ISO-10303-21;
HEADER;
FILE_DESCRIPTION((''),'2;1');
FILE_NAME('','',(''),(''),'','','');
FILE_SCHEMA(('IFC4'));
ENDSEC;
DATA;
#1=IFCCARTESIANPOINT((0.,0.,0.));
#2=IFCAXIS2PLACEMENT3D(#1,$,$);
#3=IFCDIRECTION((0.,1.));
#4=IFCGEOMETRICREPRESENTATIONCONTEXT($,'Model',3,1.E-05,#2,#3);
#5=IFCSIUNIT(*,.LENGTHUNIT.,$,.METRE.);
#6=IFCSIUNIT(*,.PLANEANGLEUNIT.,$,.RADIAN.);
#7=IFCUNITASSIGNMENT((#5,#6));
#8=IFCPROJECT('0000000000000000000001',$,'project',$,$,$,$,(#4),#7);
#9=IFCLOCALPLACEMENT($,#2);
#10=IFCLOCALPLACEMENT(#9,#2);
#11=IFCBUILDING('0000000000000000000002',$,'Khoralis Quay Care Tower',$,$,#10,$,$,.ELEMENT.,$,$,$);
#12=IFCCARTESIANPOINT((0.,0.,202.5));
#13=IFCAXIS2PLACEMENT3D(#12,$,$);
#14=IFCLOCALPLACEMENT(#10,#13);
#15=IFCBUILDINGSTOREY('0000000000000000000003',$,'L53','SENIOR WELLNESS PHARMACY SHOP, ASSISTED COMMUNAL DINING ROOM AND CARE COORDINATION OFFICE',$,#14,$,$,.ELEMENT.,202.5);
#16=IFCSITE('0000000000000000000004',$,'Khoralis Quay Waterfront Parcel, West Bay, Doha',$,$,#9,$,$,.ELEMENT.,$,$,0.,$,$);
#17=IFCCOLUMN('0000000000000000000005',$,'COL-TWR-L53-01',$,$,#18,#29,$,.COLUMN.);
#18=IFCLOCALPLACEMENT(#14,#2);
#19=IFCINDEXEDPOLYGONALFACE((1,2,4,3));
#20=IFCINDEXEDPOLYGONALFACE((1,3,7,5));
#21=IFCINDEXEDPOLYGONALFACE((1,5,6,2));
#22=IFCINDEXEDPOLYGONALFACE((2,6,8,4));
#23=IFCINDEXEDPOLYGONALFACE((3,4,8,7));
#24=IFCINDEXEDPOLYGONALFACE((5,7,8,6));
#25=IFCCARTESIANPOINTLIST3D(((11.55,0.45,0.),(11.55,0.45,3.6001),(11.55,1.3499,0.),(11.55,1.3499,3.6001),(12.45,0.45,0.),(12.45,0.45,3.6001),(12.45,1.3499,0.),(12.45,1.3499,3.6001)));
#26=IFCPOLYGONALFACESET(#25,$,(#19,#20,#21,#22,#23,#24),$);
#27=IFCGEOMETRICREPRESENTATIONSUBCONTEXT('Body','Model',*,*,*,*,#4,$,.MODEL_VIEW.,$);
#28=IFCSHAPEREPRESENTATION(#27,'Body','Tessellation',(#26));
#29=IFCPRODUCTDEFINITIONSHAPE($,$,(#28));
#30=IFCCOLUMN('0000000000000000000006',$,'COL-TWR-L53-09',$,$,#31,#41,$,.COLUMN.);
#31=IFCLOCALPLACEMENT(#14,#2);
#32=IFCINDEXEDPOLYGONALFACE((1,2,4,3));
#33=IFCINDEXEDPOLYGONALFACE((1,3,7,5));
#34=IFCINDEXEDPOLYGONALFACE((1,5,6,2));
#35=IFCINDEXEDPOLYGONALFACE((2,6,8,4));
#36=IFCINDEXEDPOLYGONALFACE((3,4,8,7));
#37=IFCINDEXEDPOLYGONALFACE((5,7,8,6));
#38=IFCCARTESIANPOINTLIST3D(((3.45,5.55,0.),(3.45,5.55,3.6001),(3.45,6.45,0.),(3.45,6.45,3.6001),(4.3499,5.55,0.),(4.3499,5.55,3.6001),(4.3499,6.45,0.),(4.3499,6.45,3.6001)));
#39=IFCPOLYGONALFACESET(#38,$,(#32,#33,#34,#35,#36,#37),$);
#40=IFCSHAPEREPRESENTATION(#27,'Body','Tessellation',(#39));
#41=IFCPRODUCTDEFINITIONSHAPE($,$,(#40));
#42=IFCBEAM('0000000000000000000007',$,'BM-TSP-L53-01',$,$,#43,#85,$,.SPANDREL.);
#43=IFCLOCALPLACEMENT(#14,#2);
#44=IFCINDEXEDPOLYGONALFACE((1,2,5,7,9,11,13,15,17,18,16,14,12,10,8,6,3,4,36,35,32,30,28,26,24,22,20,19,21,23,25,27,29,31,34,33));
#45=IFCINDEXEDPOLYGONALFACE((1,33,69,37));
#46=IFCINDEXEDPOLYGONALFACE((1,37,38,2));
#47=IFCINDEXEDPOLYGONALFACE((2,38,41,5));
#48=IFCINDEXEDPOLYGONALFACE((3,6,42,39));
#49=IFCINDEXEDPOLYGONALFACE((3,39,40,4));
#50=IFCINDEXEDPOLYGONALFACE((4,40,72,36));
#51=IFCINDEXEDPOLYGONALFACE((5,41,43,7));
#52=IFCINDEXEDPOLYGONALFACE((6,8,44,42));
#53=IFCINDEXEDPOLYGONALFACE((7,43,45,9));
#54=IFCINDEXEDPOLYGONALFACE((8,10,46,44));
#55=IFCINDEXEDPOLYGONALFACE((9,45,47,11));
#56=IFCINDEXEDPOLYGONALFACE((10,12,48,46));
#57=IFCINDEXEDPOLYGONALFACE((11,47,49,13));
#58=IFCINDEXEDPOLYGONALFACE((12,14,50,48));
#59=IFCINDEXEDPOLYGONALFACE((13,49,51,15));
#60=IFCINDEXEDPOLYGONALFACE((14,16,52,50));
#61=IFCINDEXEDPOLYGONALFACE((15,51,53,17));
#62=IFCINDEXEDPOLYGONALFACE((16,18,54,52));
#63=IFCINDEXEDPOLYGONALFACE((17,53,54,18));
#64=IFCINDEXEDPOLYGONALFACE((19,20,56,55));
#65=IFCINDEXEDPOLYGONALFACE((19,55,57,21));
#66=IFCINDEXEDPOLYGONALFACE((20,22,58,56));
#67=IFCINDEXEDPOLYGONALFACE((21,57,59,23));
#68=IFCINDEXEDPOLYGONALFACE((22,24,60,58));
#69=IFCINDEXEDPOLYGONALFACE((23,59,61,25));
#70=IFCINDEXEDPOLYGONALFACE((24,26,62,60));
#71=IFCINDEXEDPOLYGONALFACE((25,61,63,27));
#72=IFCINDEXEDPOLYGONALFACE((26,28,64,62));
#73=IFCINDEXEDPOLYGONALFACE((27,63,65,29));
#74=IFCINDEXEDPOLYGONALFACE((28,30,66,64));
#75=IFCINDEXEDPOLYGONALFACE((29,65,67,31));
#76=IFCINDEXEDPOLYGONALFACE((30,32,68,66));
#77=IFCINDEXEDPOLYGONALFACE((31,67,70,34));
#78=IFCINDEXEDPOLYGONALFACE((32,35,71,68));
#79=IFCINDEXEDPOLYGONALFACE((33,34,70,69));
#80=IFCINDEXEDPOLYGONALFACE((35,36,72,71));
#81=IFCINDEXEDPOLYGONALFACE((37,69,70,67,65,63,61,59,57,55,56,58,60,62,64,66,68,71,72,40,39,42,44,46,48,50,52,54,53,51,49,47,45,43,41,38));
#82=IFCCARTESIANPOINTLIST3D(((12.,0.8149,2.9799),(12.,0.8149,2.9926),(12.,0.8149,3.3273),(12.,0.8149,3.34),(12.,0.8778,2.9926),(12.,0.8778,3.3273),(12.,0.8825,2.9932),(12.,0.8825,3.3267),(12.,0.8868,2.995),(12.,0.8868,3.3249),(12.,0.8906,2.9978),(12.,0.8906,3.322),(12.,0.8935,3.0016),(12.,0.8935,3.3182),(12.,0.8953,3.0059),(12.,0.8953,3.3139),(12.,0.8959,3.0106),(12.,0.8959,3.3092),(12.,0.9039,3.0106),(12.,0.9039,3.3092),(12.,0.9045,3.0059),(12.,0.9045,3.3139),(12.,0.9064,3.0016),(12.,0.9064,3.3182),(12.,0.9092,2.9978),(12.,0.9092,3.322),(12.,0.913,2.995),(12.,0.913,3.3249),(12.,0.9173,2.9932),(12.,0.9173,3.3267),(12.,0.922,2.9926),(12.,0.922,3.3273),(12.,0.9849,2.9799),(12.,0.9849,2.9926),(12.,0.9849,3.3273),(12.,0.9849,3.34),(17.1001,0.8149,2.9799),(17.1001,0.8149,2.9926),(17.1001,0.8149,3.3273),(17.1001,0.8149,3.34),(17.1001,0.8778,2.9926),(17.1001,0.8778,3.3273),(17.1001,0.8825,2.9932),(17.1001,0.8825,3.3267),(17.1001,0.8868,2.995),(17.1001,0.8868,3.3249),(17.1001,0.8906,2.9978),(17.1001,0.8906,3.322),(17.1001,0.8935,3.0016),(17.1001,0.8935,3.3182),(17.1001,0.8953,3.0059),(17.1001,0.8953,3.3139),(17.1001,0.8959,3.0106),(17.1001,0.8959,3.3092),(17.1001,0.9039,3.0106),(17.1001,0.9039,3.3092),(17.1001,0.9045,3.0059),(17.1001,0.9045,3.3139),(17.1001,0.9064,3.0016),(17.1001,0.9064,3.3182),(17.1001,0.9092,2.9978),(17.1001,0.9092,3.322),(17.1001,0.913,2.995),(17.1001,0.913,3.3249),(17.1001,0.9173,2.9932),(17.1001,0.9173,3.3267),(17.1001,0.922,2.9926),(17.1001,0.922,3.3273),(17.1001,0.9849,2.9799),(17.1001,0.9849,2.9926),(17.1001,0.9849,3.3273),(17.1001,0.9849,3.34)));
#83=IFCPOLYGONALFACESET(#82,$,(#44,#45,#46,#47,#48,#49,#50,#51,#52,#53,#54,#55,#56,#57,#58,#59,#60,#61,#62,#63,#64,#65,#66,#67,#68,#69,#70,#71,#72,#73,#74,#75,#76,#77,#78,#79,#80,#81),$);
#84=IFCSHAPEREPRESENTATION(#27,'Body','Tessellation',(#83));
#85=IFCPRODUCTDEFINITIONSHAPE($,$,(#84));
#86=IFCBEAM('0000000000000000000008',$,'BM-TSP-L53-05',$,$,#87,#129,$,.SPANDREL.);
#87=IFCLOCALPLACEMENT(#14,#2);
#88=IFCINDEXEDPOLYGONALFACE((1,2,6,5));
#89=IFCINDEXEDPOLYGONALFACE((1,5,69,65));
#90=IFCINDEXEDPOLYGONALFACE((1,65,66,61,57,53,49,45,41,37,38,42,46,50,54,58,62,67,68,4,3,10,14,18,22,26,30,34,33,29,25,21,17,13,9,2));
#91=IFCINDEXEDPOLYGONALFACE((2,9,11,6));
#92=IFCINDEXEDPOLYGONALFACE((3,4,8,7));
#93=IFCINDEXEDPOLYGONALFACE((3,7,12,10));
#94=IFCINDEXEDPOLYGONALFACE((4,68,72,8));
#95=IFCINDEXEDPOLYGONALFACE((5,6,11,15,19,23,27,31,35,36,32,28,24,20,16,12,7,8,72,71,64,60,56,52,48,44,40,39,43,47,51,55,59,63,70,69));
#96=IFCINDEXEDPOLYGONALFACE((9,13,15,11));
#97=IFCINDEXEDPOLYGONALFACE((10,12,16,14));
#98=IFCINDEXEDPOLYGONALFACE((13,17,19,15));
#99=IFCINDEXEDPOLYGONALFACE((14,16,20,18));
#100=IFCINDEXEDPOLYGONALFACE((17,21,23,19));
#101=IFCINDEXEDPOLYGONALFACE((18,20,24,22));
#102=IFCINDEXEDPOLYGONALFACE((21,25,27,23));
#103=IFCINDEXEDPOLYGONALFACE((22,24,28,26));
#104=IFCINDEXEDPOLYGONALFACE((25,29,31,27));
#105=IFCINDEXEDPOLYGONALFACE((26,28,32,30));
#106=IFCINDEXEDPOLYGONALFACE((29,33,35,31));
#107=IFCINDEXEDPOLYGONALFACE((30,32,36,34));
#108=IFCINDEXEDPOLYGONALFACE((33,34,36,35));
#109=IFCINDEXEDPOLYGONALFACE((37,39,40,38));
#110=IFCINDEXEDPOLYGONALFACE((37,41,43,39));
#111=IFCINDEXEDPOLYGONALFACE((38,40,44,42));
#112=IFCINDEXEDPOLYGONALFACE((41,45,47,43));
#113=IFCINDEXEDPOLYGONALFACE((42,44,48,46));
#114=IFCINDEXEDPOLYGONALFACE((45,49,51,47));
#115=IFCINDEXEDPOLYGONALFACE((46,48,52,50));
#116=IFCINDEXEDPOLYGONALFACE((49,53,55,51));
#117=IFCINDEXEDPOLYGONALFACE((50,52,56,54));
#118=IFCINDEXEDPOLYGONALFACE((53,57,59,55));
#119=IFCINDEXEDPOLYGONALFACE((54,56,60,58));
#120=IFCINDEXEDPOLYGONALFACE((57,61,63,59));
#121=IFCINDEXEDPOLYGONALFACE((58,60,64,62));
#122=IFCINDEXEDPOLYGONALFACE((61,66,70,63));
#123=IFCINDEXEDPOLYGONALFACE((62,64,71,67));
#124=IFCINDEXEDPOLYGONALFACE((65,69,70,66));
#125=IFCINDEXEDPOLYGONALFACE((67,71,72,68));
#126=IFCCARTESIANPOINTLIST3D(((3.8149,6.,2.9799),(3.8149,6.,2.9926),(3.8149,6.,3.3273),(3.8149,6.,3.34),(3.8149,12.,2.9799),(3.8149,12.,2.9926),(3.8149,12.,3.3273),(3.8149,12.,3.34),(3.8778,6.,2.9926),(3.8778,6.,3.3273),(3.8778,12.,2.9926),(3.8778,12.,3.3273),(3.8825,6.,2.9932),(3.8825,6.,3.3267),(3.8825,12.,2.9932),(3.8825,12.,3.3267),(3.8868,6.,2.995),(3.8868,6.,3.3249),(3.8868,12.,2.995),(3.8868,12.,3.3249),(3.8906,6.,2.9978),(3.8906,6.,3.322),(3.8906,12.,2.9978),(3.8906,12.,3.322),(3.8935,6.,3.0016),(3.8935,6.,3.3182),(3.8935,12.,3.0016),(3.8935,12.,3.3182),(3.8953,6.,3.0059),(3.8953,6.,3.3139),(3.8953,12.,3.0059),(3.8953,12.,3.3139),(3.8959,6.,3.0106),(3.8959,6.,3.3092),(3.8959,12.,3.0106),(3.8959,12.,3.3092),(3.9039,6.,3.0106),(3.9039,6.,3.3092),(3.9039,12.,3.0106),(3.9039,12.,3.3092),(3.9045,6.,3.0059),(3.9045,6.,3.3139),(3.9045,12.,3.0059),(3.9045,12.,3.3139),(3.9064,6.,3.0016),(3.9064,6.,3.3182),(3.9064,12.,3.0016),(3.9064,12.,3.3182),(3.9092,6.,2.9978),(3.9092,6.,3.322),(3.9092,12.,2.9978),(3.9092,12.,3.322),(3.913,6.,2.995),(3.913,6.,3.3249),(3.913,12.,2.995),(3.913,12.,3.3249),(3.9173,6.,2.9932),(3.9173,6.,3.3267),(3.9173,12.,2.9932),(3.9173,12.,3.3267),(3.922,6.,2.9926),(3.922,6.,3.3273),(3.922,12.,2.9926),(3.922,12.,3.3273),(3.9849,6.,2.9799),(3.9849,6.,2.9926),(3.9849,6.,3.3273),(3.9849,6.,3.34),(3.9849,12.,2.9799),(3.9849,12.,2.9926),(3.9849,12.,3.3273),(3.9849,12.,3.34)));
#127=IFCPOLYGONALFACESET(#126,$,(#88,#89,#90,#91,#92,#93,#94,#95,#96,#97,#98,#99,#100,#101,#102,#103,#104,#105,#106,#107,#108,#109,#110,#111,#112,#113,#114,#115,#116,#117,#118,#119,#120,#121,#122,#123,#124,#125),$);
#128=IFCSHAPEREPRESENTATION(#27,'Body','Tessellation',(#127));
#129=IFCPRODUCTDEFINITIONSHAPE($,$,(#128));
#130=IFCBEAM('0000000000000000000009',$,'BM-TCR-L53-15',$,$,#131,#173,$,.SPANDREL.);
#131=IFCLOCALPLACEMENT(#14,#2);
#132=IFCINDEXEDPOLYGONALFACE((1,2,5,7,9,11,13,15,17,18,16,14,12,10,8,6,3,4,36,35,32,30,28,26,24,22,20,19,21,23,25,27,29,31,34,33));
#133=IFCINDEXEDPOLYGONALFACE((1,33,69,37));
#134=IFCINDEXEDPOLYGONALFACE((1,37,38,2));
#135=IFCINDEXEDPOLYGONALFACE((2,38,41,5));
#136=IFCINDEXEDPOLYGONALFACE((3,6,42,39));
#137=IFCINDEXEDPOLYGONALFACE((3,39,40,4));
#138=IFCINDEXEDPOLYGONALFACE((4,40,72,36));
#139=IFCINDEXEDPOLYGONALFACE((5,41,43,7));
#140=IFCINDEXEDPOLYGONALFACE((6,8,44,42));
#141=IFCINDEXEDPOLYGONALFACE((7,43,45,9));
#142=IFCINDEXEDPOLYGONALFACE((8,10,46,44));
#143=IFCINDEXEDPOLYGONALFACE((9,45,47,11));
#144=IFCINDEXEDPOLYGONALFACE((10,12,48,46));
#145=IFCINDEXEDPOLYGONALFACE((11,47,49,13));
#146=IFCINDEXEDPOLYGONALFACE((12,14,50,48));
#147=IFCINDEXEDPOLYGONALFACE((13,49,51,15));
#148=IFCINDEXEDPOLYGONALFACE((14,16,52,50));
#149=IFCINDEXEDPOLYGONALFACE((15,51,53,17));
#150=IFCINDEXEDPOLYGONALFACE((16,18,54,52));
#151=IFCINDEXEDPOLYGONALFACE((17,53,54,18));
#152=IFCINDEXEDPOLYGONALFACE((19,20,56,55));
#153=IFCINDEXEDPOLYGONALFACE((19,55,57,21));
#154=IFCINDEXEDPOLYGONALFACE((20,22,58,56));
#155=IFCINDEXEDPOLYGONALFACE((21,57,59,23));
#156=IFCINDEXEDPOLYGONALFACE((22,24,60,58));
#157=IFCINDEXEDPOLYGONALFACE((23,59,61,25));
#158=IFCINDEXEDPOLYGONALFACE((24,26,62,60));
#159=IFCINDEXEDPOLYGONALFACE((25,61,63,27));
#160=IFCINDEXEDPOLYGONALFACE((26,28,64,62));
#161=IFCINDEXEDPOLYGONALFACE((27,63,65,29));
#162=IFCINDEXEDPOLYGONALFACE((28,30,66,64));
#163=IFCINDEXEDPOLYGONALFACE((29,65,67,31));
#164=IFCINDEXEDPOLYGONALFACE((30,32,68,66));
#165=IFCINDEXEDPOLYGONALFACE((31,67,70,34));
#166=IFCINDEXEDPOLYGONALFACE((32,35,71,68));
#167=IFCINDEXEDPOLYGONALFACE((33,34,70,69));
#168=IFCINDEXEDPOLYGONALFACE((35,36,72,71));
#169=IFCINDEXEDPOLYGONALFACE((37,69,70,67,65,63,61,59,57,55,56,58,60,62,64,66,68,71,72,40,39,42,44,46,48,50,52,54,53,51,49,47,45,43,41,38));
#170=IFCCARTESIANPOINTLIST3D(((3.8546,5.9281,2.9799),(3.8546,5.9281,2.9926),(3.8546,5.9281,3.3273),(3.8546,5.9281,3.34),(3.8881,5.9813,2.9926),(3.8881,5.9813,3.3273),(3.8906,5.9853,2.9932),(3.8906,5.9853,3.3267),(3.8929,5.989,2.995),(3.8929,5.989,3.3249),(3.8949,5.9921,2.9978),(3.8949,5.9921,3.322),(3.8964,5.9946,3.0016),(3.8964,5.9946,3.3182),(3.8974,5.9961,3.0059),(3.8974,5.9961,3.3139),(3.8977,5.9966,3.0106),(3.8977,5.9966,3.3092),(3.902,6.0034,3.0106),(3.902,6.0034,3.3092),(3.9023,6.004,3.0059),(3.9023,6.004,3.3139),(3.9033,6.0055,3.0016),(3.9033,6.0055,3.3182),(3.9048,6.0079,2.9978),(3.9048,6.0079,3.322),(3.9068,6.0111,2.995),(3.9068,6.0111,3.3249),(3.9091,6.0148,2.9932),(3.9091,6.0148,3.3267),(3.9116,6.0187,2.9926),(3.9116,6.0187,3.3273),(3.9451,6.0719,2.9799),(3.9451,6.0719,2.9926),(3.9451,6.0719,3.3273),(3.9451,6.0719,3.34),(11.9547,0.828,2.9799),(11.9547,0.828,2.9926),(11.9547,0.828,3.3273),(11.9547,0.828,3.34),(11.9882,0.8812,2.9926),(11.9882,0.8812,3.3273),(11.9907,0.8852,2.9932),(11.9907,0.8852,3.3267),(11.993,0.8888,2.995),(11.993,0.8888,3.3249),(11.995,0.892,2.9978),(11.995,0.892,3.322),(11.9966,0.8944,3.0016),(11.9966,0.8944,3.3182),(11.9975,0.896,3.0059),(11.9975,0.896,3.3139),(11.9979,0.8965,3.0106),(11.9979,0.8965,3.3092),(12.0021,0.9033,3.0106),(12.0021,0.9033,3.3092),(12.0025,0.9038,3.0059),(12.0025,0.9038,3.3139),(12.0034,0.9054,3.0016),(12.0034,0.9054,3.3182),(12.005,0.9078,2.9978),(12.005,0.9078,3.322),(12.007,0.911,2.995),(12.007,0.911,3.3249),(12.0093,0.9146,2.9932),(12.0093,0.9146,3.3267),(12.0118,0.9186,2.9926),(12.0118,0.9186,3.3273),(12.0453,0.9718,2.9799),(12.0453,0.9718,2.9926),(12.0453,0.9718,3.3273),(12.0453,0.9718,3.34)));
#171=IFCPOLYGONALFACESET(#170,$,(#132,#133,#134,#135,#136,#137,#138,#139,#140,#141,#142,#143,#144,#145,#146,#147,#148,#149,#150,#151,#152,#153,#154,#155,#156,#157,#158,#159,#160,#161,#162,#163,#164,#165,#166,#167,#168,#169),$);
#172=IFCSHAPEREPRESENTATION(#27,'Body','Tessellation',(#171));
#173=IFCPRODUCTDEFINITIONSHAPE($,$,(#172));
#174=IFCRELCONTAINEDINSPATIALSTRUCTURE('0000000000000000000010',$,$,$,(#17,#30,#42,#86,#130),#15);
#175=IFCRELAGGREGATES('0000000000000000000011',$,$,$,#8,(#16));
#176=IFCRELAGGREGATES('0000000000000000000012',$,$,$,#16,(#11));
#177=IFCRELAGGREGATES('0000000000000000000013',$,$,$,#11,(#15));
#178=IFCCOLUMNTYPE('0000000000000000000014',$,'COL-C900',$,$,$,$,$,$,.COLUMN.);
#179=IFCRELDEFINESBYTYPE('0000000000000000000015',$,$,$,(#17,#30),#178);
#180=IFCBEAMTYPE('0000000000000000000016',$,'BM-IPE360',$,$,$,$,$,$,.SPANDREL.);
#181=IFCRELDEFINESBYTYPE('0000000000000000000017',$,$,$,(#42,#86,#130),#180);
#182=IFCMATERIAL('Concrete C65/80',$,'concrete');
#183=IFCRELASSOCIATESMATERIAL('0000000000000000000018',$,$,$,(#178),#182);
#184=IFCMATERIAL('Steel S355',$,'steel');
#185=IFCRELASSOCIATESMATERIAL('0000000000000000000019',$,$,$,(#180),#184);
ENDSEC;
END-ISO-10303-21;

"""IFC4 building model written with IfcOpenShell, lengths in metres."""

from ifc_helpers import new_model, si_unit, direction, frame, origin, origin_2d, place, context, subcontext, project, spatial, rectangle, i_section, extrude, source, transform, mapped, material, material_profile, profile_set, type_object, element, save


model = new_model("IFC4")

# Units and contexts
model_context = context("Model", 3, precision=1e-05, world=origin(), true_north=direction((0.0, 1.0)))
body_context = subcontext(model_context, "Body", "Model", "MODEL_VIEW")
ifc_project = project(units=[si_unit("LENGTHUNIT", "METRE"), si_unit("PLANEANGLEUNIT", "RADIAN")], contexts=[model_context])

# Site, building, storey
site_placement = place(None, origin())
site = spatial("IfcSite", under=ifc_project, at=site_placement, Name="Khoralis Quay Waterfront Parcel, West Bay, Doha", CompositionType="ELEMENT", RefElevation=0.0)
building_placement = place(site_placement, origin())
building = spatial("IfcBuilding", under=site, at=building_placement, Name="Khoralis Quay Care Tower", CompositionType="ELEMENT")
storey_placement = place(building_placement, frame((0.0, 0.0, 202.5)))
storey = spatial("IfcBuildingStorey", under=building, at=storey_placement, Name="L53", Description="SENIOR WELLNESS PHARMACY SHOP, ASSISTED COMMUNAL DINING ROOM AND CARE COORDINATION OFFICE", CompositionType="ELEMENT", Elevation=202.5)

# Columns
ifc_material_1 = material(Name="Concrete C65/80", Category="concrete")
ifc_material_profile_1 = material_profile(ifc_material_1, rectangle(XDim=0.8999, YDim=0.8999, at=origin_2d()), Name="Concrete C65/80")
ifc_profile_set_1 = profile_set([ifc_material_profile_1], Name="Concrete C65/80")
column_type = type_object("IfcColumnType", Name="COL-C900", PredefinedType="COLUMN", material=ifc_profile_set_1)
shared_shape_1 = source(origin(), body_context, "Body", "SweptSolid", [
    extrude(rectangle(XDim=0.8999, YDim=0.8999, at=origin_2d()), origin(), (0.0, 0.0, 1.0), 3.6001),
])
for number, where, z_axis, x_axis, name in (
    (1, (12.0, 0.8999, 0.0), (0.0, 0.0, 1.0), (1.0, 0.0, 0.0), "COL-TWR-L53-01"),
    (2, (3.8999, 6.0, 0.0), (0.0, 0.0, 1.0), (1.0, 0.0, 0.0), "COL-TWR-L53-09"),
):
    element("IfcColumn", number, at=place(storey_placement, frame(where, z_axis=z_axis, x_axis=x_axis)), inside=storey, type_object=column_type, Name=name, PredefinedType="COLUMN", context=body_context, shape_type="MappedRepresentation", body=[
        mapped(shared_shape_1, transform((0.0, 0.0, 0.0), scale=1.0)),
    ])

# Beams
ifc_material_2 = material(Name="Steel S355", Category="steel")
ifc_material_profile_2 = material_profile(ifc_material_2, i_section(OverallWidth=0.1699, OverallDepth=0.3601, WebThickness=0.0081, FlangeThickness=0.0127, FilletRadius=0.0181, at=origin_2d()), Name="Steel S355")
ifc_profile_set_2 = profile_set([ifc_material_profile_2], Name="Steel S355")
beam_type_1 = type_object("IfcBeamType", Name="BM-IPE360", PredefinedType="SPANDREL", material=ifc_profile_set_2)
shared_shape_2 = source(origin(), body_context, "Body", "SweptSolid", [
    extrude(i_section(OverallWidth=0.1699, OverallDepth=0.3601, WebThickness=0.0081, FlangeThickness=0.0127, FilletRadius=0.0181, at=origin_2d()), origin(), (0.0, 0.0, 1.0), 5.1001),
])
beam_1_placement = place(storey_placement, frame((12.0, 0.8999, 3.1599), z_axis=(1.0, 0.0, 0.0), x_axis=(0.0, 1.0, 0.0)))
element("IfcBeam", 3, at=beam_1_placement, inside=storey, type_object=beam_type_1, Name="BM-TSP-L53-01", PredefinedType="SPANDREL", context=body_context, shape_type="MappedRepresentation", body=[
    mapped(shared_shape_2, transform((0.0, 0.0, 0.0), scale=1.0)),
])
shared_shape_3 = source(origin(), body_context, "Body", "SweptSolid", [
    extrude(i_section(OverallWidth=0.1699, OverallDepth=0.3601, WebThickness=0.0081, FlangeThickness=0.0127, FilletRadius=0.0181, at=origin_2d()), origin(), (0.0, 0.0, 1.0), 6.0),
])
beam_2_placement = place(storey_placement, frame((3.8999, 6.0, 3.1599), z_axis=(0.0, 1.0, 0.0), x_axis=(-1.0, 0.0, 0.0)))
element("IfcBeam", 4, at=beam_2_placement, inside=storey, type_object=beam_type_1, Name="BM-TSP-L53-05", PredefinedType="SPANDREL", context=body_context, shape_type="MappedRepresentation", body=[
    mapped(shared_shape_3, transform((0.0, 0.0, 0.0), scale=1.0)),
])
shared_shape_4 = source(origin(), body_context, "Body", "SweptSolid", [
    extrude(i_section(OverallWidth=0.1699, OverallDepth=0.3601, WebThickness=0.0081, FlangeThickness=0.0127, FilletRadius=0.0181, at=origin_2d()), origin(), (0.0, 0.0, 1.0), 9.572),
])
beam_3_placement = place(storey_placement, frame((12.0, 0.8999, 3.1599), z_axis=(-0.846231, 0.532816, 0.0), x_axis=(-0.532816, -0.846231, 0.0)))
element("IfcBeam", 5, at=beam_3_placement, inside=storey, type_object=beam_type_1, Name="BM-TCR-L53-15", PredefinedType="SPANDREL", context=body_context, shape_type="MappedRepresentation", body=[
    mapped(shared_shape_4, transform((0.0, 0.0, 0.0), scale=1.0)),
])

save(model, "model.ifc")
